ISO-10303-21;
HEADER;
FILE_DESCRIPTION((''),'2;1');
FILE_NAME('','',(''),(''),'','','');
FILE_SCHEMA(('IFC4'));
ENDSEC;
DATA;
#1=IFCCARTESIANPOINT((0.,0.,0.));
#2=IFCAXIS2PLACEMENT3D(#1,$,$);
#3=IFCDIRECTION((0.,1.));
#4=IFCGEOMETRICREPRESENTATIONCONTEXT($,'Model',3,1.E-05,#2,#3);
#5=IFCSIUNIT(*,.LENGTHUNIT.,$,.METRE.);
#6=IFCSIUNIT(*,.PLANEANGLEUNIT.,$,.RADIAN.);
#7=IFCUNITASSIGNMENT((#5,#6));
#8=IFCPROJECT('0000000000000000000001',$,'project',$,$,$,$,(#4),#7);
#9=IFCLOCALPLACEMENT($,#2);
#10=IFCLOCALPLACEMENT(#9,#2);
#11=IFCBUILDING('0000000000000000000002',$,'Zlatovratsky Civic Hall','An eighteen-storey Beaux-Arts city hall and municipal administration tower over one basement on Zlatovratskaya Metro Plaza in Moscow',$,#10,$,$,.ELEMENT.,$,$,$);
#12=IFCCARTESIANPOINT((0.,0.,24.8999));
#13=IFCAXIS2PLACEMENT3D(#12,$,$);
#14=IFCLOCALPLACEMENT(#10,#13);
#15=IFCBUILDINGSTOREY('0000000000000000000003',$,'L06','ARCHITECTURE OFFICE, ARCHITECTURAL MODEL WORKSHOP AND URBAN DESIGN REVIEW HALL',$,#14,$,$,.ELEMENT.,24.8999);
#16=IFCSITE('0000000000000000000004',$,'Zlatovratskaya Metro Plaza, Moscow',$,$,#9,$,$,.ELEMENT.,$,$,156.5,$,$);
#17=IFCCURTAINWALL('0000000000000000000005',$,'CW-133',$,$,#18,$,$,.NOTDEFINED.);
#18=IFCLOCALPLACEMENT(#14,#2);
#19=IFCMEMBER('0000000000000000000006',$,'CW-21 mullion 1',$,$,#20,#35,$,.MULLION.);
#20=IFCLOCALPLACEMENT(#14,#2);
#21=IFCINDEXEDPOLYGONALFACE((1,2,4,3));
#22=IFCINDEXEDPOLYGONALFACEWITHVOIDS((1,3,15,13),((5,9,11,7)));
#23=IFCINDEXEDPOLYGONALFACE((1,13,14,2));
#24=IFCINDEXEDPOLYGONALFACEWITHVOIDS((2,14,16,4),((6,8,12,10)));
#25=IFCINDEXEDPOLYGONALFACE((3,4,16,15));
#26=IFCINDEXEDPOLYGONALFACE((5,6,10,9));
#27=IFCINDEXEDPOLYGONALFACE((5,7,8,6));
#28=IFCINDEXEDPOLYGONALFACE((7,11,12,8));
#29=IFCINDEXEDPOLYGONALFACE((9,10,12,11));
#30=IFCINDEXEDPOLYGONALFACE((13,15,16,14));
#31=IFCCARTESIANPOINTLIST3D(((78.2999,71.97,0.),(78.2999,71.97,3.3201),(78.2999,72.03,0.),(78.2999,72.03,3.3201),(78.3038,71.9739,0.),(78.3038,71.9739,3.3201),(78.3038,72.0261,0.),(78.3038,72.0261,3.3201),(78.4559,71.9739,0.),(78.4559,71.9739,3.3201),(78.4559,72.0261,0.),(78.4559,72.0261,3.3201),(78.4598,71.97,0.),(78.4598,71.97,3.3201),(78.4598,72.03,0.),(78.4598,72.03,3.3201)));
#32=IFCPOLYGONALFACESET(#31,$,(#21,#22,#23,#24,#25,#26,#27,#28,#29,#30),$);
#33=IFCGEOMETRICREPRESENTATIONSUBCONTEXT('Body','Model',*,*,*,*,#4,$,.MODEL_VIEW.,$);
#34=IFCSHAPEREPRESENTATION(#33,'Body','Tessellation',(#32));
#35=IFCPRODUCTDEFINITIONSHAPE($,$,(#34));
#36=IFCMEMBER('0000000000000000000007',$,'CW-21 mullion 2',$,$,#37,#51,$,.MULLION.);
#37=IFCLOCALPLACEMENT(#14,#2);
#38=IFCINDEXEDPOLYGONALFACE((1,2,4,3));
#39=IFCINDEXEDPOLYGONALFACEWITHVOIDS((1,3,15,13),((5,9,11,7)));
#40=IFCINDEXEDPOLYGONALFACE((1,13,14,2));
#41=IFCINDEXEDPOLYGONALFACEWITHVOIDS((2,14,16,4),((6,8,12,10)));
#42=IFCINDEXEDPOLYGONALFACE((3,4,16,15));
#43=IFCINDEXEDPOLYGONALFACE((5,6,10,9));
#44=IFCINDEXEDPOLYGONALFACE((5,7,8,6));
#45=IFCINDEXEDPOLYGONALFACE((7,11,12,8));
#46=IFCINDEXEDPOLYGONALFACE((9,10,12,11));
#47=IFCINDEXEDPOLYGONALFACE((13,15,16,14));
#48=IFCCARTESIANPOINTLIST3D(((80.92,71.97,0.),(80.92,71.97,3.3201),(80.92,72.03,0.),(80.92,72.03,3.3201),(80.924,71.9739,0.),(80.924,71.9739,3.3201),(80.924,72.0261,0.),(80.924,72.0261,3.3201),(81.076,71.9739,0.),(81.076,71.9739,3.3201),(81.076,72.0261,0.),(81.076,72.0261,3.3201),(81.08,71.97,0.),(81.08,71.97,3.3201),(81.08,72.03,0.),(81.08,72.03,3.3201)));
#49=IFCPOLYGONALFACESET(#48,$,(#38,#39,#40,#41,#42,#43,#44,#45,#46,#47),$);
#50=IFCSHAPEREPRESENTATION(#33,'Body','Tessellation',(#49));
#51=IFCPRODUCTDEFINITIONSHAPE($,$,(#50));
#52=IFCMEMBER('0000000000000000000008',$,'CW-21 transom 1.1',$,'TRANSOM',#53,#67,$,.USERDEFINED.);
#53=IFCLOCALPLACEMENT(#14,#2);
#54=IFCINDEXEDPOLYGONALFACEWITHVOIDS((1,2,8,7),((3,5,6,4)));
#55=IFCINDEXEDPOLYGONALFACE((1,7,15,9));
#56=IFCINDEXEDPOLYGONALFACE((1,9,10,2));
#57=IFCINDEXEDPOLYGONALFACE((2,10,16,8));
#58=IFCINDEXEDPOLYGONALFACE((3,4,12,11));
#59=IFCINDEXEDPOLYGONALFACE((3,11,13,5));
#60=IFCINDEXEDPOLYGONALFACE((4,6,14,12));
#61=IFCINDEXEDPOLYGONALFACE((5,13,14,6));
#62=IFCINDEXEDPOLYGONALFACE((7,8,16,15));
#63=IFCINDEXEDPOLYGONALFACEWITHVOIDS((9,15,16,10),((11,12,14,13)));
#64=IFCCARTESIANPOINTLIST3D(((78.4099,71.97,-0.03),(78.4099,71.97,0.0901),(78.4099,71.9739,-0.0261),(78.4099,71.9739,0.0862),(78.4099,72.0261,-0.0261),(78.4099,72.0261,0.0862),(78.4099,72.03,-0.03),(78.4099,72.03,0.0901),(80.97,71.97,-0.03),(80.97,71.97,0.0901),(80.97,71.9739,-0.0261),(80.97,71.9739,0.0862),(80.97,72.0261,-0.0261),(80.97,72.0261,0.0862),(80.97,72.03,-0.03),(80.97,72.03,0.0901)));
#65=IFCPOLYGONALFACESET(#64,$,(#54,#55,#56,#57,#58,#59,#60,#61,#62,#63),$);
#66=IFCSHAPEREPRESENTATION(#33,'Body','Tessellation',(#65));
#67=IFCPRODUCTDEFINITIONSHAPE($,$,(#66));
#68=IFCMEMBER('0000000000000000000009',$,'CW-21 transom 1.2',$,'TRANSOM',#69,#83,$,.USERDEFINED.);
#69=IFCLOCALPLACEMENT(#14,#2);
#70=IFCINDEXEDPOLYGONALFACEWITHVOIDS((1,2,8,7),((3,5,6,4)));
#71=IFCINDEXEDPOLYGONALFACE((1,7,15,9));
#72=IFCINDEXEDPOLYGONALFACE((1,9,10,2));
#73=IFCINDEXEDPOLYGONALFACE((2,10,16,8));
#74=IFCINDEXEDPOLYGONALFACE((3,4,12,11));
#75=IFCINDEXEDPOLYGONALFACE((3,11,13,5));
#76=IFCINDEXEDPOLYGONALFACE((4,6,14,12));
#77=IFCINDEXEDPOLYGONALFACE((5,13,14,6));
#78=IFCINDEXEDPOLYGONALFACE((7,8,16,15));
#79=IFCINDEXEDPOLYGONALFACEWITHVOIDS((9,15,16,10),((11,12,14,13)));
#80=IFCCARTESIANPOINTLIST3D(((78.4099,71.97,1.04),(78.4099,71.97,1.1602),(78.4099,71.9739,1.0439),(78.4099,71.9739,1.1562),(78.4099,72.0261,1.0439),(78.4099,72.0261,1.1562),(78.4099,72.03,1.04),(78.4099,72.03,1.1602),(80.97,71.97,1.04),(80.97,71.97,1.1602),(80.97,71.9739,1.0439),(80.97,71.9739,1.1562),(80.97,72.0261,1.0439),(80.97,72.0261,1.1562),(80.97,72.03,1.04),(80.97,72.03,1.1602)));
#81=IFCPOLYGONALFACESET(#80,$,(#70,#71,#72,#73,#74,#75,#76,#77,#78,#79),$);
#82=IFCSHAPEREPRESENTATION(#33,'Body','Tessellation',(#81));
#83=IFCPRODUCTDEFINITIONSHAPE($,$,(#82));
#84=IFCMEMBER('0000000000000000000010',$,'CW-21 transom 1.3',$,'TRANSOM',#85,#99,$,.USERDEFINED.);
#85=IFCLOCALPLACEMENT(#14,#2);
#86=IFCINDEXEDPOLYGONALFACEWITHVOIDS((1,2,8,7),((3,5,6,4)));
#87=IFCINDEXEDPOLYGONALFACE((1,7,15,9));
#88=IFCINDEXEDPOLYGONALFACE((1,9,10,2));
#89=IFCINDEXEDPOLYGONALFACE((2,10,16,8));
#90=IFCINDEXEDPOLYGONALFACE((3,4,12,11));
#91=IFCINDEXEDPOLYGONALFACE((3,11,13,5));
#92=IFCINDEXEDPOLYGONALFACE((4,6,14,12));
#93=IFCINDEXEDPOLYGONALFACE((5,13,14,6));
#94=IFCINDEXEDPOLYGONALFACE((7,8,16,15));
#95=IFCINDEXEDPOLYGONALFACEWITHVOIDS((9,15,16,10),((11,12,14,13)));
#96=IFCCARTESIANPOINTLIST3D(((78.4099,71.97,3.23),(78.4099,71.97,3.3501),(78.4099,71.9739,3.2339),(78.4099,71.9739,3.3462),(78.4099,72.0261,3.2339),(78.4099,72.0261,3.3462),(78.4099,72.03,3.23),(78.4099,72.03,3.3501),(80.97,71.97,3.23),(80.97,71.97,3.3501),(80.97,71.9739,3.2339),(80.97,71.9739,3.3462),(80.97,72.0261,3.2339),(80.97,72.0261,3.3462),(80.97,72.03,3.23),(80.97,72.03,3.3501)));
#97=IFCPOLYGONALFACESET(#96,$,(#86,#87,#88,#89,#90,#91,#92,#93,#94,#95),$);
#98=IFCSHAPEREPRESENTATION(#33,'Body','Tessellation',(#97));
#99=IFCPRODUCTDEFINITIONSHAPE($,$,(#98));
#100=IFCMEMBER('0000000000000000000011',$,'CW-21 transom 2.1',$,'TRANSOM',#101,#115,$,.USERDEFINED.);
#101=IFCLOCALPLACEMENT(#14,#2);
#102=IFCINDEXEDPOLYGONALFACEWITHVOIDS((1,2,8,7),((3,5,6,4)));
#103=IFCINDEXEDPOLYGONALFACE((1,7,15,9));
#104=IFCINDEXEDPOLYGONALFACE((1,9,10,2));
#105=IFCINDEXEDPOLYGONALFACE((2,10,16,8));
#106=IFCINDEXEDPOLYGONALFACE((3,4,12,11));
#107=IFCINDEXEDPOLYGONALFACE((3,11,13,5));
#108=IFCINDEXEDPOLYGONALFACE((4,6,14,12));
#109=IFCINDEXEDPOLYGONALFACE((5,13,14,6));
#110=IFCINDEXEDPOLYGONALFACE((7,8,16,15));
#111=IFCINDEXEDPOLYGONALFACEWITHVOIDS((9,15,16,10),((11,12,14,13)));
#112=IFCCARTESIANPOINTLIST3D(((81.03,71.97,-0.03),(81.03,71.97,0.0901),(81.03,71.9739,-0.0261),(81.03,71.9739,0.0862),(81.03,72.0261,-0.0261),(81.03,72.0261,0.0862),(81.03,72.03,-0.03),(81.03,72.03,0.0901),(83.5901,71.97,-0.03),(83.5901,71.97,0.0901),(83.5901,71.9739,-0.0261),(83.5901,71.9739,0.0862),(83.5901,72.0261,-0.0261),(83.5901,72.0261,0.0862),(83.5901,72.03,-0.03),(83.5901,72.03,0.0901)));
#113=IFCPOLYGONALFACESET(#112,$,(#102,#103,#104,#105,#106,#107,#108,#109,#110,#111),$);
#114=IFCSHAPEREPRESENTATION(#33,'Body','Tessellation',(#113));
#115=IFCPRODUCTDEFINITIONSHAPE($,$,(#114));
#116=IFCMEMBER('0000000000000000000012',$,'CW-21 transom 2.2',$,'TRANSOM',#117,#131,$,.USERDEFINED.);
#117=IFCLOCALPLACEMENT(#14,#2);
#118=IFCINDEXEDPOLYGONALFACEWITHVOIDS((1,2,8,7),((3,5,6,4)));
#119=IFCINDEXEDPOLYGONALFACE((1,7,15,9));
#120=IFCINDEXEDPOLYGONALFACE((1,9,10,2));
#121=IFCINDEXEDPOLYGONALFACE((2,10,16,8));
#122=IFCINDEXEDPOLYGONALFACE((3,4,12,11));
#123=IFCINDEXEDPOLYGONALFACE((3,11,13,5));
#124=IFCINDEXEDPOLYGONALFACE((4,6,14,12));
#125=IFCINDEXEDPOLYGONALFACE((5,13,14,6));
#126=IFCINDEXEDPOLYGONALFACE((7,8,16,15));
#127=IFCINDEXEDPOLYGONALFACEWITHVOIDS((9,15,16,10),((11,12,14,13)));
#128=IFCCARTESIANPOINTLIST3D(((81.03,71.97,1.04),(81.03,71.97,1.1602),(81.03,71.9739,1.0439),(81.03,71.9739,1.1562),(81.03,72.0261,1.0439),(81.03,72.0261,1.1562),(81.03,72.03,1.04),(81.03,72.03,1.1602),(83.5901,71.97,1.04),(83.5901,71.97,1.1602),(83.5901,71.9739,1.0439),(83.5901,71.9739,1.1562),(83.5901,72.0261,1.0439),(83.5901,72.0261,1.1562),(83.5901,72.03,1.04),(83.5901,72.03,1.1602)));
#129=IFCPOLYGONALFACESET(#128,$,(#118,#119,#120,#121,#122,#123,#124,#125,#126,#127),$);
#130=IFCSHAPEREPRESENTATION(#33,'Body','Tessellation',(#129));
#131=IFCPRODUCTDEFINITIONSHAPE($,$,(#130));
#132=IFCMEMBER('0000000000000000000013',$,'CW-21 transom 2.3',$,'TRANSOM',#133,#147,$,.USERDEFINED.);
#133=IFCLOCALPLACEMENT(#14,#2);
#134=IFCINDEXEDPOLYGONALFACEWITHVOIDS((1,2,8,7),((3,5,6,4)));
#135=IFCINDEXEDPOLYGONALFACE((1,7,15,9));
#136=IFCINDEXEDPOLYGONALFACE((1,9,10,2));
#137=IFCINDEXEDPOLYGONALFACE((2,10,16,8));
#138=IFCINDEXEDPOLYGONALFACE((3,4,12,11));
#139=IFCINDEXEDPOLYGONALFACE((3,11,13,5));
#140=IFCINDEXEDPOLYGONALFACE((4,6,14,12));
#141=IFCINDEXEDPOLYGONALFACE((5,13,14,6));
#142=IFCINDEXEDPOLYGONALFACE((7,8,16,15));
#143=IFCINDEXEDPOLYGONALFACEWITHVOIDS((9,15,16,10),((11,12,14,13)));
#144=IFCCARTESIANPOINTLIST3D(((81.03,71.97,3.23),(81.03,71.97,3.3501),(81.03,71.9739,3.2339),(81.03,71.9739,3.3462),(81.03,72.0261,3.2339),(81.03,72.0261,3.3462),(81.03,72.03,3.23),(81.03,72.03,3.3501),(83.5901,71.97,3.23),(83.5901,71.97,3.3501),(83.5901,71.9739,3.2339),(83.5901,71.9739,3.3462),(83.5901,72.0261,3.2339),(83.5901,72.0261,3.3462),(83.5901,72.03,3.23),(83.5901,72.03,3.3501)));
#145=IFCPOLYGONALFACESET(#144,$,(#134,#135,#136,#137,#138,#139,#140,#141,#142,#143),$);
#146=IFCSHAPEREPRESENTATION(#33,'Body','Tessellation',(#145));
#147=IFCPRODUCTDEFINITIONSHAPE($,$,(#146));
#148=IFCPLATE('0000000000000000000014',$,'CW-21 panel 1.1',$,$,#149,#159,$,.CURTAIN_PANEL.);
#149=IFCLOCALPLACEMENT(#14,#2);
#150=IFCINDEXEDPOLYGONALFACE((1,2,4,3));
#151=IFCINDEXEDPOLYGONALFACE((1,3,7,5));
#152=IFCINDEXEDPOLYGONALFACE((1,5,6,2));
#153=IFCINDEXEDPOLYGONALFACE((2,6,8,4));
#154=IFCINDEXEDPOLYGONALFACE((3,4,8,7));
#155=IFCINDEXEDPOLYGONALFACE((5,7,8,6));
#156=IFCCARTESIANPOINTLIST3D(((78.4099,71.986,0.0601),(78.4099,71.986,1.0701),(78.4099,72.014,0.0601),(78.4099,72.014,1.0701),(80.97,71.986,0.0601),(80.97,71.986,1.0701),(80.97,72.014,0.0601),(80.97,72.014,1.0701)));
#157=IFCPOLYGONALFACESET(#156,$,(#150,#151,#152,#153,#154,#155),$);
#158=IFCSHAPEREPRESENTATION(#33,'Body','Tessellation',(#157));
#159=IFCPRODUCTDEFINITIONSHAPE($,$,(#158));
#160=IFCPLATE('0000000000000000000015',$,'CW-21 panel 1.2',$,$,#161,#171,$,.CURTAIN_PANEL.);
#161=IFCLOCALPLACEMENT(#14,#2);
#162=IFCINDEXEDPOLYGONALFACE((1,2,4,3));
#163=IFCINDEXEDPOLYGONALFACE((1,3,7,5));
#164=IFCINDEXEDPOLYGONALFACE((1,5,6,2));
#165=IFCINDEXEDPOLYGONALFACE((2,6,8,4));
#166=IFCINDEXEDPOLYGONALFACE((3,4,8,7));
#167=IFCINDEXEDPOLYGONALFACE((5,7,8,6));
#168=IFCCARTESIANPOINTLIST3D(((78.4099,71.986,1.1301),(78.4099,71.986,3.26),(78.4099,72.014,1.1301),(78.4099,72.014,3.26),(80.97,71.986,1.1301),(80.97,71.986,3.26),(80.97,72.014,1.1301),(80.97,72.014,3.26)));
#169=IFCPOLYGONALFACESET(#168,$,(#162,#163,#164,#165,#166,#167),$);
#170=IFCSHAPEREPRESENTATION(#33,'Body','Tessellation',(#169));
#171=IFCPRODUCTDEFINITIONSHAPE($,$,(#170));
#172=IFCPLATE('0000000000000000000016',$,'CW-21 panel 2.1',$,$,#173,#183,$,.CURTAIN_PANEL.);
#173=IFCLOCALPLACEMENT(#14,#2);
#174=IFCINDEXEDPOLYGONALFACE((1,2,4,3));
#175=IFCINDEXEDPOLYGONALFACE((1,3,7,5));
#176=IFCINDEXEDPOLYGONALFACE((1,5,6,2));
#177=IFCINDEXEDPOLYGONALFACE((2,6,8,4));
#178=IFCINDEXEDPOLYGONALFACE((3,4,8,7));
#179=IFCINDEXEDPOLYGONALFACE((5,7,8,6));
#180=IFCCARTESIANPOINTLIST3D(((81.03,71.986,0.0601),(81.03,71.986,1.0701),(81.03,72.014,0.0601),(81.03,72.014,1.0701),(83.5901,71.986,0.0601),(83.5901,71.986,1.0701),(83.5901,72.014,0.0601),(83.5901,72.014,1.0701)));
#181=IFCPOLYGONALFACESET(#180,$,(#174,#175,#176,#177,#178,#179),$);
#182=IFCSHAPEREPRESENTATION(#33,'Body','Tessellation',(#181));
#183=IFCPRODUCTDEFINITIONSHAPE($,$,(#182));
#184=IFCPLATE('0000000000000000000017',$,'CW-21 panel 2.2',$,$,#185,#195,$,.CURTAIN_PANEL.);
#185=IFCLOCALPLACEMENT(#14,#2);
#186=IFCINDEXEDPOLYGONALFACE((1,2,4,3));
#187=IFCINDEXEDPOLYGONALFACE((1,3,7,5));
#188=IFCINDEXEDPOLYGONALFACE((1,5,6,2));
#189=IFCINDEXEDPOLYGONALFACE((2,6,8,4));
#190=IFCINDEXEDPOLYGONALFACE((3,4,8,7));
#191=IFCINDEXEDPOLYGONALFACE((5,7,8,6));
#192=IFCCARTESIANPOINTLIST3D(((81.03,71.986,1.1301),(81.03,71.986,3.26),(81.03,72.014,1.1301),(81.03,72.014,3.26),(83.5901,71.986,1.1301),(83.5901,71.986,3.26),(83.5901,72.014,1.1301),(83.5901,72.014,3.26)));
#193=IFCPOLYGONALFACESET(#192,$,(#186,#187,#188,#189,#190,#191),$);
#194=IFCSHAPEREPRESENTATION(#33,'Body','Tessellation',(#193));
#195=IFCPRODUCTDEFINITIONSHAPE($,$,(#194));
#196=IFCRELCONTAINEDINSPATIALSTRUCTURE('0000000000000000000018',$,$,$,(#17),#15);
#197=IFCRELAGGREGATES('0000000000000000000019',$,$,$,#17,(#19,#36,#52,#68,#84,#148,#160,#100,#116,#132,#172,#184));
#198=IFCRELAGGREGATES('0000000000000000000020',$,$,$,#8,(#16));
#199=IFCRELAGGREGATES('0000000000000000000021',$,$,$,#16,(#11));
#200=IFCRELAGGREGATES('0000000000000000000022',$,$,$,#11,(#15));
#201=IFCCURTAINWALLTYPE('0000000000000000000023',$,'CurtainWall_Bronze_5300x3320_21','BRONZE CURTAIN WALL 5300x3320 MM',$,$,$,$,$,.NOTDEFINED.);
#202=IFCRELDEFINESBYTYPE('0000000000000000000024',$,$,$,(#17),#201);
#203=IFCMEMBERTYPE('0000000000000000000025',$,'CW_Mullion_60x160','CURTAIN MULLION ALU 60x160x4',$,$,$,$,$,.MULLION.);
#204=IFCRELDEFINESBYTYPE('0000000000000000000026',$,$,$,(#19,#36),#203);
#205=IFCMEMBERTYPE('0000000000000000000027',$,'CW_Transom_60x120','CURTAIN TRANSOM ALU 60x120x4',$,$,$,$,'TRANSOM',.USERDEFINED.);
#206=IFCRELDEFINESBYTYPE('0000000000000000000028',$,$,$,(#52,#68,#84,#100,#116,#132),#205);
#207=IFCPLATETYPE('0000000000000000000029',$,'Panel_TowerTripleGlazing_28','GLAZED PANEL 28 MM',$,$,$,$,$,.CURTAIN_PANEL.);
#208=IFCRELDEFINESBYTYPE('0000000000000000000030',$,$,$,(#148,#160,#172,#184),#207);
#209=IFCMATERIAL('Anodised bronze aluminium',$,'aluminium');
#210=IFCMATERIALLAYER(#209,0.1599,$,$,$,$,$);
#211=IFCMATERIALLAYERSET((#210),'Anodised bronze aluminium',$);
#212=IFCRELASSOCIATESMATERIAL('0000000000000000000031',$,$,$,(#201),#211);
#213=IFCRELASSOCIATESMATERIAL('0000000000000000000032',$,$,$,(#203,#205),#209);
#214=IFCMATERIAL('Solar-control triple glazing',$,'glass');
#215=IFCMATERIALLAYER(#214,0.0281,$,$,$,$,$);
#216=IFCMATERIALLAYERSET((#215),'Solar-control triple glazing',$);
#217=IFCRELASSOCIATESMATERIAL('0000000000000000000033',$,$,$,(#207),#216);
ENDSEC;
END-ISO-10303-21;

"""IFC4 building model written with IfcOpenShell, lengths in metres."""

from ifc_helpers import new_model, si_unit, direction, frame, origin, origin_2d, place, context, subcontext, project, spatial, rectangle, hollow_rectangle, extrude, material, layer, layer_set, material_profile, profile_set, type_object, element, aggregate, save


model = new_model("IFC4")

# Units and contexts
model_context = context("Model", 3, precision=1e-05, world=origin(), true_north=direction((0.0, 1.0)))
body_context = subcontext(model_context, "Body", "Model", "MODEL_VIEW")
ifc_project = project(units=[si_unit("LENGTHUNIT", "METRE"), si_unit("PLANEANGLEUNIT", "RADIAN")], contexts=[model_context])

# Site, building, storey
site_placement = place(None, origin())
site = spatial("IfcSite", under=ifc_project, at=site_placement, Name="Zlatovratskaya Metro Plaza, Moscow", CompositionType="ELEMENT", RefElevation=156.5)
building_placement = place(site_placement, origin())
building = spatial("IfcBuilding", under=site, at=building_placement, Name="Zlatovratsky Civic Hall", Description="An eighteen-storey Beaux-Arts city hall and municipal administration tower over one basement on Zlatovratskaya Metro Plaza in Moscow", CompositionType="ELEMENT")
storey_placement = place(building_placement, frame((0.0, 0.0, 24.8999)))
storey = spatial("IfcBuildingStorey", under=building, at=storey_placement, Name="L06", Description="ARCHITECTURE OFFICE, ARCHITECTURAL MODEL WORKSHOP AND URBAN DESIGN REVIEW HALL", CompositionType="ELEMENT", Elevation=24.8999)

# Curtain wall, members, plates
ifc_material_1 = material(Name="Anodised bronze aluminium", Category="aluminium")
ifc_layer_1 = layer(ifc_material_1, 0.1599)
ifc_layer_set_1 = layer_set([ifc_layer_1], Name="Anodised bronze aluminium")
curtain_wall_type = type_object("IfcCurtainWallType", Name="CurtainWall_Bronze_5300x3320_21", Description="BRONZE CURTAIN WALL 5300x3320 MM", PredefinedType="NOTDEFINED", material=ifc_layer_set_1)
curtain_wall_placement = place(storey_placement, origin())
curtain_wall = element("IfcCurtainWall", 1, at=curtain_wall_placement, inside=storey, type_object=curtain_wall_type, Name="CW-133", PredefinedType="NOTDEFINED")
ifc_material_profile_1 = material_profile(ifc_material_1, hollow_rectangle(XDim=0.0601, YDim=0.1599, WallThickness=0.0039, at=origin_2d()), Name="ALU 60x160x4")
ifc_profile_set_1 = profile_set([ifc_material_profile_1], Name="Anodised bronze aluminium")
member_type_1 = type_object("IfcMemberType", Name="CW_Mullion_60x160", Description="CURTAIN MULLION ALU 60x160x4", PredefinedType="MULLION", material=ifc_profile_set_1)
member_1_placement = place(storey_placement, frame((78.3799, 72.0, 0.0), z_axis=(0.0, 0.0, 1.0), x_axis=(0.0, 1.0, 0.0)))
member_1 = element("IfcMember", 2, at=member_1_placement, type_object=member_type_1, Name="CW-21 mullion 1", PredefinedType="MULLION", context=body_context, shape_type="SweptSolid", body=[
    extrude(hollow_rectangle(XDim=0.0601, YDim=0.1599, WallThickness=0.0039, at=origin_2d()), origin(), (0.0, 0.0, 1.0), 3.3201),
])
member_2_placement = place(storey_placement, frame((81.0, 72.0, 0.0), z_axis=(0.0, 0.0, 1.0), x_axis=(0.0, 1.0, 0.0)))
member_2 = element("IfcMember", 3, at=member_2_placement, type_object=member_type_1, Name="CW-21 mullion 2", PredefinedType="MULLION", context=body_context, shape_type="SweptSolid", body=[
    extrude(hollow_rectangle(XDim=0.0601, YDim=0.1599, WallThickness=0.0039, at=origin_2d()), origin(), (0.0, 0.0, 1.0), 3.3201),
])
ifc_material_profile_2 = material_profile(ifc_material_1, hollow_rectangle(XDim=0.0601, YDim=0.1201, WallThickness=0.0039, at=origin_2d()), Name="ALU 60x120x4")
ifc_profile_set_2 = profile_set([ifc_material_profile_2], Name="Anodised bronze aluminium")
member_type_2 = type_object("IfcMemberType", Name="CW_Transom_60x120", Description="CURTAIN TRANSOM ALU 60x120x4", ElementType="TRANSOM", PredefinedType="USERDEFINED", material=ifc_profile_set_2)
member_3_placement = place(storey_placement, frame((78.4099, 72.0, 0.03), z_axis=(1.0, 0.0, 0.0), x_axis=(0.0, 1.0, 0.0)))
member_3 = element("IfcMember", 4, at=member_3_placement, type_object=member_type_2, Name="CW-21 transom 1.1", ObjectType="TRANSOM", PredefinedType="USERDEFINED", context=body_context, shape_type="SweptSolid", body=[
    extrude(hollow_rectangle(XDim=0.0601, YDim=0.1201, WallThickness=0.0039, at=origin_2d()), origin(), (0.0, 0.0, 1.0), 2.5601),
])
member_4_placement = place(storey_placement, frame((78.4099, 72.0, 1.1001), z_axis=(1.0, 0.0, 0.0), x_axis=(0.0, 1.0, 0.0)))
member_4 = element("IfcMember", 5, at=member_4_placement, type_object=member_type_2, Name="CW-21 transom 1.2", ObjectType="TRANSOM", PredefinedType="USERDEFINED", context=body_context, shape_type="SweptSolid", body=[
    extrude(hollow_rectangle(XDim=0.0601, YDim=0.1201, WallThickness=0.0039, at=origin_2d()), origin(), (0.0, 0.0, 1.0), 2.5601),
])
member_5_placement = place(storey_placement, frame((78.4099, 72.0, 3.29), z_axis=(1.0, 0.0, 0.0), x_axis=(0.0, 1.0, 0.0)))
member_5 = element("IfcMember", 6, at=member_5_placement, type_object=member_type_2, Name="CW-21 transom 1.3", ObjectType="TRANSOM", PredefinedType="USERDEFINED", context=body_context, shape_type="SweptSolid", body=[
    extrude(hollow_rectangle(XDim=0.0601, YDim=0.1201, WallThickness=0.0039, at=origin_2d()), origin(), (0.0, 0.0, 1.0), 2.5601),
])
member_6_placement = place(storey_placement, frame((81.03, 72.0, 0.03), z_axis=(1.0, 0.0, 0.0), x_axis=(0.0, 1.0, 0.0)))
member_6 = element("IfcMember", 7, at=member_6_placement, type_object=member_type_2, Name="CW-21 transom 2.1", ObjectType="TRANSOM", PredefinedType="USERDEFINED", context=body_context, shape_type="SweptSolid", body=[
    extrude(hollow_rectangle(XDim=0.0601, YDim=0.1201, WallThickness=0.0039, at=origin_2d()), origin(), (0.0, 0.0, 1.0), 2.5601),
])
member_7_placement = place(storey_placement, frame((81.03, 72.0, 1.1001), z_axis=(1.0, 0.0, 0.0), x_axis=(0.0, 1.0, 0.0)))
member_7 = element("IfcMember", 8, at=member_7_placement, type_object=member_type_2, Name="CW-21 transom 2.2", ObjectType="TRANSOM", PredefinedType="USERDEFINED", context=body_context, shape_type="SweptSolid", body=[
    extrude(hollow_rectangle(XDim=0.0601, YDim=0.1201, WallThickness=0.0039, at=origin_2d()), origin(), (0.0, 0.0, 1.0), 2.5601),
])
member_8_placement = place(storey_placement, frame((81.03, 72.0, 3.29), z_axis=(1.0, 0.0, 0.0), x_axis=(0.0, 1.0, 0.0)))
member_8 = element("IfcMember", 9, at=member_8_placement, type_object=member_type_2, Name="CW-21 transom 2.3", ObjectType="TRANSOM", PredefinedType="USERDEFINED", context=body_context, shape_type="SweptSolid", body=[
    extrude(hollow_rectangle(XDim=0.0601, YDim=0.1201, WallThickness=0.0039, at=origin_2d()), origin(), (0.0, 0.0, 1.0), 2.5601),
])
ifc_material_2 = material(Name="Solar-control triple glazing", Category="glass")
ifc_layer_2 = layer(ifc_material_2, 0.0281)
ifc_layer_set_2 = layer_set([ifc_layer_2], Name="Solar-control triple glazing")
plate_type = type_object("IfcPlateType", Name="Panel_TowerTripleGlazing_28", Description="GLAZED PANEL 28 MM", PredefinedType="CURTAIN_PANEL", material=ifc_layer_set_2)
plate_1_placement = place(storey_placement, frame((79.6899, 72.0, 0.0601), z_axis=(0.0, 0.0, 1.0), x_axis=(1.0, 0.0, 0.0)))
plate_1 = element("IfcPlate", 10, at=plate_1_placement, type_object=plate_type, Name="CW-21 panel 1.1", PredefinedType="CURTAIN_PANEL", context=body_context, shape_type="SweptSolid", body=[
    extrude(rectangle(XDim=2.5601, YDim=0.0281, at=origin_2d()), origin(), (0.0, 0.0, 1.0), 1.01),
])
plate_2_placement = place(storey_placement, frame((79.6899, 72.0, 1.1301), z_axis=(0.0, 0.0, 1.0), x_axis=(1.0, 0.0, 0.0)))
plate_2 = element("IfcPlate", 11, at=plate_2_placement, type_object=plate_type, Name="CW-21 panel 1.2", PredefinedType="CURTAIN_PANEL", context=body_context, shape_type="SweptSolid", body=[
    extrude(rectangle(XDim=2.5601, YDim=0.0281, at=origin_2d()), origin(), (0.0, 0.0, 1.0), 2.1299),
])
plate_3_placement = place(storey_placement, frame((82.3101, 72.0, 0.0601), z_axis=(0.0, 0.0, 1.0), x_axis=(1.0, 0.0, 0.0)))
plate_3 = element("IfcPlate", 12, at=plate_3_placement, type_object=plate_type, Name="CW-21 panel 2.1", PredefinedType="CURTAIN_PANEL", context=body_context, shape_type="SweptSolid", body=[
    extrude(rectangle(XDim=2.5601, YDim=0.0281, at=origin_2d()), origin(), (0.0, 0.0, 1.0), 1.01),
])
plate_4_placement = place(storey_placement, frame((82.3101, 72.0, 1.1301), z_axis=(0.0, 0.0, 1.0), x_axis=(1.0, 0.0, 0.0)))
plate_4 = element("IfcPlate", 13, at=plate_4_placement, type_object=plate_type, Name="CW-21 panel 2.2", PredefinedType="CURTAIN_PANEL", context=body_context, shape_type="SweptSolid", body=[
    extrude(rectangle(XDim=2.5601, YDim=0.0281, at=origin_2d()), origin(), (0.0, 0.0, 1.0), 2.1299),
])
aggregate(curtain_wall, [member_1, member_2, member_3, member_4, member_5, plate_1, plate_2, member_6, member_7, member_8, plate_3, plate_4])

save(model, "model.ifc")
